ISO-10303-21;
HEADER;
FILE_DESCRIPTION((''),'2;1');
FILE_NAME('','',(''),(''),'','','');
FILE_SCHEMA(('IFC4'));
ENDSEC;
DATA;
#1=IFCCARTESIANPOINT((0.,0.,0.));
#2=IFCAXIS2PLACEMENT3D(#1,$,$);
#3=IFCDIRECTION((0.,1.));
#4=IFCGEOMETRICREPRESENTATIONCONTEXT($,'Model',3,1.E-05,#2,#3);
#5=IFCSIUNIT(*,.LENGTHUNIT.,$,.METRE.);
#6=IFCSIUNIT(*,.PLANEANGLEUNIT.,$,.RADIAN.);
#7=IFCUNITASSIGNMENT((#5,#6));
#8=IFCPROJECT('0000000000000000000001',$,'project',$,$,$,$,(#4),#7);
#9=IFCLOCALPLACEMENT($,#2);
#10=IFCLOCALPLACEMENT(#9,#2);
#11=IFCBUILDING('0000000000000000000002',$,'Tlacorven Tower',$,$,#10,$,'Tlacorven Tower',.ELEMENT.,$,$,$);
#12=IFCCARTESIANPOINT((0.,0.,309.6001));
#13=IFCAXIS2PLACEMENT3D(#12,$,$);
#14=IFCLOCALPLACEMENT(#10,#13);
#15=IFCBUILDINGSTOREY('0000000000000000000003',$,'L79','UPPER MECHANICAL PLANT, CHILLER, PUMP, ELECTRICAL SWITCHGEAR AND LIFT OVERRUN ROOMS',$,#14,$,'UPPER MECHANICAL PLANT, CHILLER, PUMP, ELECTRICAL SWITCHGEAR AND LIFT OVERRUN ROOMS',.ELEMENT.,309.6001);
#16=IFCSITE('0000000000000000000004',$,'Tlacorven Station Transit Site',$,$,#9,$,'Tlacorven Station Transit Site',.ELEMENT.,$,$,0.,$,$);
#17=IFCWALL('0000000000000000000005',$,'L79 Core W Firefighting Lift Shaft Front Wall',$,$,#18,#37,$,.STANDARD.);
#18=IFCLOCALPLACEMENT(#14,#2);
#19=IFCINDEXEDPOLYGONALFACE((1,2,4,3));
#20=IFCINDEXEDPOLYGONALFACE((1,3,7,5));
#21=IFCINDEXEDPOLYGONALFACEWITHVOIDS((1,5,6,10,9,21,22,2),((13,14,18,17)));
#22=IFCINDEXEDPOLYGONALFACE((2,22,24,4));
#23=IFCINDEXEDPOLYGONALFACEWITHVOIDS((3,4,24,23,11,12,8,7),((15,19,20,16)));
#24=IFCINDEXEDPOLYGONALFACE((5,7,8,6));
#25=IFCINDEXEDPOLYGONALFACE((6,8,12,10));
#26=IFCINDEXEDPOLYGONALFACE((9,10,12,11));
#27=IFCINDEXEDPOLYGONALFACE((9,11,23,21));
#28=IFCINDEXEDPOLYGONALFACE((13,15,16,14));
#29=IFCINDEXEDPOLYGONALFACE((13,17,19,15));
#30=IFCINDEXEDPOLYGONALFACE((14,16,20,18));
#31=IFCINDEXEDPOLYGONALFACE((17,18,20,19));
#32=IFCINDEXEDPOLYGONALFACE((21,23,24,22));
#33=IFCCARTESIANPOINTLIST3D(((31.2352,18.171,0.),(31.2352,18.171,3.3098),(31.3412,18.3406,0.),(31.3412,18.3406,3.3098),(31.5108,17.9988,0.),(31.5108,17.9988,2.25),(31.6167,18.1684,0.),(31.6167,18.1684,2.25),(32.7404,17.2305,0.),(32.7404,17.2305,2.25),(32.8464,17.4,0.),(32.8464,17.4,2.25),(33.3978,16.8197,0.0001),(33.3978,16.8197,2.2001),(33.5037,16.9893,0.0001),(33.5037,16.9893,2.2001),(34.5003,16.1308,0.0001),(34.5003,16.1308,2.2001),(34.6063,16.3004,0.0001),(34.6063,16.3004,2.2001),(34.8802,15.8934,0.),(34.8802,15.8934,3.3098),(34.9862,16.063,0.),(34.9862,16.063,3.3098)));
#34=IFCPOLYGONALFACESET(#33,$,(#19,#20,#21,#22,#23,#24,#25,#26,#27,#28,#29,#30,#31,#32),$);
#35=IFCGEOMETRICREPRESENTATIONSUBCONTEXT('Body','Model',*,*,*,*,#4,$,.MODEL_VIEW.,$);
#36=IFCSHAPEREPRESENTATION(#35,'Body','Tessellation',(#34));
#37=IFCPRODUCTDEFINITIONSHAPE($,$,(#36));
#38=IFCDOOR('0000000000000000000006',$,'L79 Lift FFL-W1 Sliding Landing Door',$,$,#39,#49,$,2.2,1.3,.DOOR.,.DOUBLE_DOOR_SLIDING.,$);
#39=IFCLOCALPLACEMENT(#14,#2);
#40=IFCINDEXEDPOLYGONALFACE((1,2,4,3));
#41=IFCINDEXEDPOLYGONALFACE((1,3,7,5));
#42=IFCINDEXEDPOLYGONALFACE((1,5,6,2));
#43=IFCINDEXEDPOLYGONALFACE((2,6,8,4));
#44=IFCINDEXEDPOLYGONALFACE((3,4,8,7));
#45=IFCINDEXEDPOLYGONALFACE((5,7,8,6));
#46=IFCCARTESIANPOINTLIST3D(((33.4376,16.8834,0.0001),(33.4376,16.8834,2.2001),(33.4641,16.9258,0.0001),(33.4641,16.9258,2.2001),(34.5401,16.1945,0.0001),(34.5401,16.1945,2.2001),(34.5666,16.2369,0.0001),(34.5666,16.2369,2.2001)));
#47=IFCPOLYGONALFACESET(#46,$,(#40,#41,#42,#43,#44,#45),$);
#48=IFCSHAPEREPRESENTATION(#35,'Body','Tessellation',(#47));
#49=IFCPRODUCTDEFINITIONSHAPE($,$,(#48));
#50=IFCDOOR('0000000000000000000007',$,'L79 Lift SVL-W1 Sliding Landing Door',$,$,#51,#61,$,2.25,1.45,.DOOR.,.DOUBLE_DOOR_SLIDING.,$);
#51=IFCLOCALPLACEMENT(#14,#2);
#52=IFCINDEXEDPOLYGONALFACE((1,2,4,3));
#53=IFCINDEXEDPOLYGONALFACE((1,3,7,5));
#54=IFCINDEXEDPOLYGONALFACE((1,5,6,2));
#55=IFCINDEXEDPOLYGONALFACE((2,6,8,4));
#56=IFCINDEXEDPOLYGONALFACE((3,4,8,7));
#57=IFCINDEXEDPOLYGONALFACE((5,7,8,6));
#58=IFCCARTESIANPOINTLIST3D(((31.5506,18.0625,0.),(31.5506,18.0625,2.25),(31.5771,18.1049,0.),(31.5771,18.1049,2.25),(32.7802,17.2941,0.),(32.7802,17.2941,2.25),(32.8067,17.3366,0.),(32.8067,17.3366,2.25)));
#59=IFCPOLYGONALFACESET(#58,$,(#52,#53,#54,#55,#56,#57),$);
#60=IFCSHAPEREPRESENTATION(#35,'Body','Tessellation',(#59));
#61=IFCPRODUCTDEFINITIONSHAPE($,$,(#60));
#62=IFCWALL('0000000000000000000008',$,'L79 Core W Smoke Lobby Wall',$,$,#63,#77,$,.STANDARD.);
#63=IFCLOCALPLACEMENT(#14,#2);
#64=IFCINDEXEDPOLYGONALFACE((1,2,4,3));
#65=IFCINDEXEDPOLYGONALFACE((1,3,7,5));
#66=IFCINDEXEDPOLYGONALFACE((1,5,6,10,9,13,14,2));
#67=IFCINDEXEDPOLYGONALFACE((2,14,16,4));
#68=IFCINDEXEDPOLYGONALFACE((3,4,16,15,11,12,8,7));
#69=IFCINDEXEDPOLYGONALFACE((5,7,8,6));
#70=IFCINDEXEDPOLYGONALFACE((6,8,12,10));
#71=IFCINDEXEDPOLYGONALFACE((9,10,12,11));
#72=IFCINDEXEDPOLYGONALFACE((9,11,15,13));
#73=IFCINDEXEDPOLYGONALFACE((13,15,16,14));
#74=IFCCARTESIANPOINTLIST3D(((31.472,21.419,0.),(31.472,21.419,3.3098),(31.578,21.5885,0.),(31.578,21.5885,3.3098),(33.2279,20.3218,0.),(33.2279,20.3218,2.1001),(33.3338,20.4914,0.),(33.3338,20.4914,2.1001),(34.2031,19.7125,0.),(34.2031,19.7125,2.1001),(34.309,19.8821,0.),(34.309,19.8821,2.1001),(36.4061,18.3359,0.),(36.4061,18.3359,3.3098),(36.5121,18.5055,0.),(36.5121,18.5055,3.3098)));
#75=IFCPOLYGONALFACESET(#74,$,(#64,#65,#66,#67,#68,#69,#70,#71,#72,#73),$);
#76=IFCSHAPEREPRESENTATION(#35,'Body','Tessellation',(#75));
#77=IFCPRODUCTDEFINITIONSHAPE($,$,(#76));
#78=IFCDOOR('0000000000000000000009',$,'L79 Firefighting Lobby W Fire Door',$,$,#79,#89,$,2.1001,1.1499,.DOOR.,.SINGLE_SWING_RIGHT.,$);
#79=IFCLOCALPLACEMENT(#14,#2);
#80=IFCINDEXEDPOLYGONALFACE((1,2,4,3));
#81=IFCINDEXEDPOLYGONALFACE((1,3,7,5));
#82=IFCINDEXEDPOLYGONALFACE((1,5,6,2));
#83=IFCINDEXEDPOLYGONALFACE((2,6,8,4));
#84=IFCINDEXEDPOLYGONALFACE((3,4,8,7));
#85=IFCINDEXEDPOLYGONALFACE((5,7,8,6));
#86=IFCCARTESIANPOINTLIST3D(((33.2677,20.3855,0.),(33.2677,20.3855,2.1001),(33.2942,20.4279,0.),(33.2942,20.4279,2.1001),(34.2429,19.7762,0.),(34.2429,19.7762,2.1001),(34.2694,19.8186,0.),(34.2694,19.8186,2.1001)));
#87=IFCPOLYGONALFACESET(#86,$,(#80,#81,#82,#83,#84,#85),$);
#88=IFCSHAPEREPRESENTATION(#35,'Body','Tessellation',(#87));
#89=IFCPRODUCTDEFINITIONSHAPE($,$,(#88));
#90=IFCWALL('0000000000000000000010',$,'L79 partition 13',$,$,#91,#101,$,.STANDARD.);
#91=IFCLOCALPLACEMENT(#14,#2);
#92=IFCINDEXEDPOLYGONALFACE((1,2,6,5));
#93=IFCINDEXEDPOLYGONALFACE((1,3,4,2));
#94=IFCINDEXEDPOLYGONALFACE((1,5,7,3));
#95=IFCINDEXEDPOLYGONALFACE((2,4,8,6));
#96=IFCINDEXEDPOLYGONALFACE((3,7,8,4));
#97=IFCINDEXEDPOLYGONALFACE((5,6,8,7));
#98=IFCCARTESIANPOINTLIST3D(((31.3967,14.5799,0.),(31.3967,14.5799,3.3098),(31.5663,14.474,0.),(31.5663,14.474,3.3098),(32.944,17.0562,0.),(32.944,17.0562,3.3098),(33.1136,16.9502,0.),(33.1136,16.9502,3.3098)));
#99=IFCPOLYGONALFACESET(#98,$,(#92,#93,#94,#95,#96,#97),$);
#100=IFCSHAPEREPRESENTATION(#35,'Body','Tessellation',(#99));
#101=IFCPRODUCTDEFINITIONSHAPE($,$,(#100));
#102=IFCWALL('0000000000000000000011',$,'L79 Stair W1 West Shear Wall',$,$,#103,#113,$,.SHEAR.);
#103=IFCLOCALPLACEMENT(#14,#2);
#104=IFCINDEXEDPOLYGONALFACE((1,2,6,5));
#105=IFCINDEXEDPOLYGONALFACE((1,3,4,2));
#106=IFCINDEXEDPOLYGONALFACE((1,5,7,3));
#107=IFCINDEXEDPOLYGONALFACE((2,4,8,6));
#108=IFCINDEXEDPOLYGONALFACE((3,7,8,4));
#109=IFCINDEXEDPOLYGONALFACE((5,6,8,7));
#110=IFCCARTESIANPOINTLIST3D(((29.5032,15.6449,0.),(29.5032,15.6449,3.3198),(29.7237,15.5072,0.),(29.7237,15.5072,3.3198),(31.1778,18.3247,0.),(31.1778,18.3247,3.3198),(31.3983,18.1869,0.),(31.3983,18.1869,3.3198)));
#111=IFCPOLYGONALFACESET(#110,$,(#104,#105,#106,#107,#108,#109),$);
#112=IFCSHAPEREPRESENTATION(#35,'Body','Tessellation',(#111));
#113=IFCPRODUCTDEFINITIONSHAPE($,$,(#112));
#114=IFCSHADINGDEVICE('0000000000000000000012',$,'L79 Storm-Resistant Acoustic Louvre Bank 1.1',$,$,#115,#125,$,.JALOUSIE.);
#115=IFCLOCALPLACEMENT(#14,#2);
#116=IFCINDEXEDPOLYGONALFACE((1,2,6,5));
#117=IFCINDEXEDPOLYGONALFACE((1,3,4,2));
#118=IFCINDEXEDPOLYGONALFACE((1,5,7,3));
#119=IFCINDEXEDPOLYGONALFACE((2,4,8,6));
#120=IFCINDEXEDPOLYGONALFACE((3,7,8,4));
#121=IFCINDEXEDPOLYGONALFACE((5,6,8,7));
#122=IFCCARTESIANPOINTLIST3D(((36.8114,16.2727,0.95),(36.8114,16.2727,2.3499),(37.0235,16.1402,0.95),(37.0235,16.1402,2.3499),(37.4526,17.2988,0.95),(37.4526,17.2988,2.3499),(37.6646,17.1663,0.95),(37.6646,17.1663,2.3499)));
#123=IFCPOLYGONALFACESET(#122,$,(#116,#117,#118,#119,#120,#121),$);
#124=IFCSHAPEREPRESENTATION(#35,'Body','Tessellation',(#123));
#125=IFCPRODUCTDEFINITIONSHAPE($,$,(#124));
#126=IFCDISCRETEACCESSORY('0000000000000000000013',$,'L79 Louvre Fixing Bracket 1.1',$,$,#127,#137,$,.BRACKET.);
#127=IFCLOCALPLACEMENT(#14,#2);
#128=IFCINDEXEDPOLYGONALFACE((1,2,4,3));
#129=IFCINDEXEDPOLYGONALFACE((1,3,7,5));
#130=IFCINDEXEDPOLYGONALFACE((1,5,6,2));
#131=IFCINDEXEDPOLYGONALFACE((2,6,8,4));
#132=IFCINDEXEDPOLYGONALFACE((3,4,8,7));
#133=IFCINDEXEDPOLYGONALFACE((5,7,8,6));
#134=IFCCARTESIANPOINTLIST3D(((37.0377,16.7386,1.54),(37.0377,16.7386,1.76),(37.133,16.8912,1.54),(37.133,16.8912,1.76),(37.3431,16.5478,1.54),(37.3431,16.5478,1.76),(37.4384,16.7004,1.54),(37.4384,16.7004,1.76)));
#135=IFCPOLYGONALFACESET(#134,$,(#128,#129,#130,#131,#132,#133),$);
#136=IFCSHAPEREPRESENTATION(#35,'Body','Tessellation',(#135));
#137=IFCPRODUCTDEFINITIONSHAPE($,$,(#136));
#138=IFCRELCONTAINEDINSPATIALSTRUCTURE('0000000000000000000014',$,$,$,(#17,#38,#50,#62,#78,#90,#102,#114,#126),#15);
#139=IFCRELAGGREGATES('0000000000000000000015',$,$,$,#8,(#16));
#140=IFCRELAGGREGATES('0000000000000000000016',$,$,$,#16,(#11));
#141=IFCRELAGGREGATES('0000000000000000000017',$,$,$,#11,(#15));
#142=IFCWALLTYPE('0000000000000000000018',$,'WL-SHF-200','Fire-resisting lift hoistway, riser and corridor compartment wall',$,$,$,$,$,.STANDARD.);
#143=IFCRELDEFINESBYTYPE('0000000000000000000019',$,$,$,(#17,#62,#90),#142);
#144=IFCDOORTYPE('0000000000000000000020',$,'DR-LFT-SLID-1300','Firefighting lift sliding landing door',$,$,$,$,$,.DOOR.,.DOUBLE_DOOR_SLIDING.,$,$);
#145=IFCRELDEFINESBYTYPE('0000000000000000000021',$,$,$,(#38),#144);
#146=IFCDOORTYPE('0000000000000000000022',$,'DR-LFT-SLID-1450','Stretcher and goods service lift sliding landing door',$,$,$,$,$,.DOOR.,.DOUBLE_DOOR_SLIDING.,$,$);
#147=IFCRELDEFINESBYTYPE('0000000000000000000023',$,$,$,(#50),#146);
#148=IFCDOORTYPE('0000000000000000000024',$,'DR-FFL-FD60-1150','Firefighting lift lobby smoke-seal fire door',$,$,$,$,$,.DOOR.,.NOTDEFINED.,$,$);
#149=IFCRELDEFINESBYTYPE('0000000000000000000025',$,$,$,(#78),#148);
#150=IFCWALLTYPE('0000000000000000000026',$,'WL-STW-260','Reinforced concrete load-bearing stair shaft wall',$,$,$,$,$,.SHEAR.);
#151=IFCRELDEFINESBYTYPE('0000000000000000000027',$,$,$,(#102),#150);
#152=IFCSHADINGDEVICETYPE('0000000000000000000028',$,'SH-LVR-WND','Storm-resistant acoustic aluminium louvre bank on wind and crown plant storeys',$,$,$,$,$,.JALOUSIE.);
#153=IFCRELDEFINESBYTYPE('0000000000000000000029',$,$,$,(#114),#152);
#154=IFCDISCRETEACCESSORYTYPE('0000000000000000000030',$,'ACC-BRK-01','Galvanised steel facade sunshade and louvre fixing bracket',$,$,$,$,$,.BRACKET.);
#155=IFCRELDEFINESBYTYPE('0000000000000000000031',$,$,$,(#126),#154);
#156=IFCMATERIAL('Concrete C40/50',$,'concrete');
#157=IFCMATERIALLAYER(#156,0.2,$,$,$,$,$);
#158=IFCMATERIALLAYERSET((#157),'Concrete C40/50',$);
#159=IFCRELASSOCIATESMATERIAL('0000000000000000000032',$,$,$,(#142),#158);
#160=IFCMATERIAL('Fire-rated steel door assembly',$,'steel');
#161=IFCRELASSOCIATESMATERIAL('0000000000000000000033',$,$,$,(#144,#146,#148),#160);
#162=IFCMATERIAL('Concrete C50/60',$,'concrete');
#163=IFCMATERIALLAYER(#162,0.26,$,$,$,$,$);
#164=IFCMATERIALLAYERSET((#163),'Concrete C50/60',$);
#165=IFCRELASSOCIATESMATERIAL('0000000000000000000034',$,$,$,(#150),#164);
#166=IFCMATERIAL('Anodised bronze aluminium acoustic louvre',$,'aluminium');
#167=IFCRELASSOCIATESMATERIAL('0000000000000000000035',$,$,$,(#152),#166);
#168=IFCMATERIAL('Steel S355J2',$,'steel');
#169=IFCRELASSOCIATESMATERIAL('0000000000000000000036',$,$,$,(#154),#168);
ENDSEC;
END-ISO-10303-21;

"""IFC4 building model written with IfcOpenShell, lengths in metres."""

from ifc_helpers import new_model, si_unit, direction, frame, frame_2d, origin, origin_2d, place, context, subcontext, project, spatial, rectangle, extrude, source, transform, mapped, material, layer, layer_set, type_object, element, fill, save


model = new_model("IFC4")

# Units and contexts
model_context = context("Model", 3, precision=1e-05, world=origin(), true_north=direction((0.0, 1.0)))
body_context = subcontext(model_context, "Body", "Model", "MODEL_VIEW")
ifc_project = project(units=[si_unit("LENGTHUNIT", "METRE"), si_unit("PLANEANGLEUNIT", "RADIAN")], contexts=[model_context])

# Site, building, storey
site_placement = place(None, origin())
site = spatial("IfcSite", under=ifc_project, at=site_placement, Name="Tlacorven Station Transit Site", LongName="Tlacorven Station Transit Site", CompositionType="ELEMENT", RefElevation=0.0)
building_placement = place(site_placement, origin())
building = spatial("IfcBuilding", under=site, at=building_placement, Name="Tlacorven Tower", LongName="Tlacorven Tower", CompositionType="ELEMENT")
storey_placement = place(building_placement, frame((0.0, 0.0, 309.6001)))
storey = spatial("IfcBuildingStorey", under=building, at=storey_placement, Name="L79", Description="UPPER MECHANICAL PLANT, CHILLER, PUMP, ELECTRICAL SWITCHGEAR AND LIFT OVERRUN ROOMS", LongName="UPPER MECHANICAL PLANT, CHILLER, PUMP, ELECTRICAL SWITCHGEAR AND LIFT OVERRUN ROOMS", CompositionType="ELEMENT", Elevation=309.6001)

# Shared definitions
ifc_material_1 = material(Name="Steel S355J2", Category="steel")

# Shared definitions
ifc_material_2 = material(Name="Concrete C50/60", Category="concrete")

# Wall, openings, doors
ifc_material_3 = material(Name="Concrete C40/50", Category="concrete")
ifc_layer_1 = layer(ifc_material_3, 0.2)
ifc_layer_set_1 = layer_set([ifc_layer_1], Name="Concrete C40/50")
wall_type_1 = type_object("IfcWallType", Name="WL-SHF-200", Description="Fire-resisting lift hoistway, riser and corridor compartment wall", PredefinedType="STANDARD", material=ifc_layer_set_1)
wall_1_placement = place(storey_placement, frame((34.9331, 15.9783, 0.0), z_axis=(0.0, 0.0, 1.0), x_axis=(-0.848056, 0.529907, 0.0)))
wall_1 = element("IfcWall", 1, at=wall_1_placement, inside=storey, type_object=wall_type_1, Name="L79 Core W Firefighting Lift Shaft Front Wall", PredefinedType="STANDARD", context=body_context, shape_type="SweptSolid", body=[
    extrude(rectangle(XDim=4.2981, YDim=0.2, at=frame_2d((2.1489, 0.0))), origin(), (0.0, 0.0, 1.0), 3.3098),
])
opening_1_placement = place(wall_1_placement, frame((0.448, 0.0, 0.0)))
opening_1 = element("IfcOpeningElement", 2, at=opening_1_placement, cuts=wall_1, PredefinedType="OPENING", context=body_context, shape_type="SweptSolid", body=[
    extrude(rectangle(XDim=1.3, YDim=2.2, at=frame_2d((0.6499, 1.1001))), frame((0.0, 0.1099, 0.0), z_axis=(0.0, -1.0, 0.0), x_axis=(1.0, 0.0, 0.0)), (0.0, 0.0, 1.0), 0.22),
])
opening_2_placement = place(wall_1_placement, frame((2.5229, 0.0, 0.0)))
opening_2 = element("IfcOpeningElement", 3, at=opening_2_placement, cuts=wall_1, PredefinedType="OPENING", context=body_context, shape_type="SweptSolid", body=[
    extrude(rectangle(XDim=1.45, YDim=2.25, at=frame_2d((0.7251, 1.125))), frame((0.0, 0.1099, 0.0), z_axis=(0.0, -1.0, 0.0), x_axis=(1.0, 0.0, 0.0)), (0.0, 0.0, 1.0), 0.22),
])
ifc_material_4 = material(Name="Fire-rated steel door assembly", Category="steel")
door_type_1 = type_object("IfcDoorType", Name="DR-LFT-SLID-1300", Description="Firefighting lift sliding landing door", OperationType="DOUBLE_DOOR_SLIDING", PredefinedType="DOOR", material=ifc_material_4)
shared_shape_1 = source(origin(), body_context, "Body", "SweptSolid", [
    extrude(rectangle(XDim=1.3, YDim=2.2, at=frame_2d((0.6499, 1.1001))), frame((0.0, 0.0249, 0.0), z_axis=(0.0, -1.0, 0.0), x_axis=(1.0, 0.0, 0.0)), (0.0, 0.0, 1.0), 0.05),
])
door_1_placement = place(opening_1_placement, origin())
door_1 = element("IfcDoor", 4, at=door_1_placement, inside=storey, type_object=door_type_1, Name="L79 Lift FFL-W1 Sliding Landing Door", OperationType="DOUBLE_DOOR_SLIDING", OverallHeight=2.2, OverallWidth=1.3, PredefinedType="DOOR", context=body_context, shape_type="MappedRepresentation", body=[
    mapped(shared_shape_1, transform((0.0, 0.0, 0.0), scale=1.0)),
])
fill(opening_1, door_1)
door_type_2 = type_object("IfcDoorType", Name="DR-LFT-SLID-1450", Description="Stretcher and goods service lift sliding landing door", OperationType="DOUBLE_DOOR_SLIDING", PredefinedType="DOOR", material=ifc_material_4)
shared_shape_2 = source(origin(), body_context, "Body", "SweptSolid", [
    extrude(rectangle(XDim=1.45, YDim=2.25, at=frame_2d((0.7251, 1.125))), frame((0.0, 0.0249, 0.0), z_axis=(0.0, -1.0, 0.0), x_axis=(1.0, 0.0, 0.0)), (0.0, 0.0, 1.0), 0.05),
])
door_2_placement = place(opening_2_placement, origin())
door_2 = element("IfcDoor", 5, at=door_2_placement, inside=storey, type_object=door_type_2, Name="L79 Lift SVL-W1 Sliding Landing Door", OperationType="DOUBLE_DOOR_SLIDING", OverallHeight=2.25, OverallWidth=1.45, PredefinedType="DOOR", context=body_context, shape_type="MappedRepresentation", body=[
    mapped(shared_shape_2, transform((0.0, 0.0, 0.0), scale=1.0)),
])
fill(opening_2, door_2)

# Wall, opening, door
wall_2_placement = place(storey_placement, frame((36.4592, 18.4207, 0.0), z_axis=(0.0, 0.0, 1.0), x_axis=(-0.84806, 0.529901, 0.0)))
wall_2 = element("IfcWall", 6, at=wall_2_placement, inside=storey, type_object=wall_type_1, Name="L79 Core W Smoke Lobby Wall", PredefinedType="STANDARD", context=body_context, shape_type="SweptSolid", body=[
    extrude(rectangle(XDim=5.8181, YDim=0.2, at=frame_2d((2.9092, 0.0))), origin(), (0.0, 0.0, 1.0), 3.3098),
])
opening_3_placement = place(wall_2_placement, frame((2.5979, 0.0, 0.0)))
opening_3 = element("IfcOpeningElement", 7, at=opening_3_placement, cuts=wall_2, PredefinedType="OPENING", context=body_context, shape_type="SweptSolid", body=[
    extrude(rectangle(XDim=1.1499, YDim=2.1001, at=frame_2d((0.575, 1.05))), frame((0.0, 0.1099, 0.0), z_axis=(0.0, -1.0, 0.0), x_axis=(1.0, 0.0, 0.0)), (0.0, 0.0, 1.0), 0.22),
])
door_type_3 = type_object("IfcDoorType", Name="DR-FFL-FD60-1150", Description="Firefighting lift lobby smoke-seal fire door", OperationType="NOTDEFINED", PredefinedType="DOOR", material=ifc_material_4)
shared_shape_3 = source(origin(), body_context, "Body", "SweptSolid", [
    extrude(rectangle(XDim=1.1499, YDim=2.1001, at=frame_2d((0.575, 1.05))), frame((0.0, 0.0249, 0.0), z_axis=(0.0, -1.0, 0.0), x_axis=(1.0, 0.0, 0.0)), (0.0, 0.0, 1.0), 0.05),
])
door_3_placement = place(opening_3_placement, origin())
door_3 = element("IfcDoor", 8, at=door_3_placement, inside=storey, type_object=door_type_3, Name="L79 Firefighting Lobby W Fire Door", OperationType="SINGLE_SWING_RIGHT", OverallHeight=2.1001, OverallWidth=1.1499, PredefinedType="DOOR", context=body_context, shape_type="MappedRepresentation", body=[
    mapped(shared_shape_3, transform((0.0, 0.0, 0.0), scale=1.0)),
])
fill(opening_3, door_3)

# Walls
wall_3_placement = place(storey_placement, frame((33.0288, 17.0032, 0.0), z_axis=(0.0, 0.0, 1.0), x_axis=(-0.529916, -0.84805, 0.0)))
element("IfcWall", 9, at=wall_3_placement, inside=storey, type_object=wall_type_1, Name="L79 partition 13", PredefinedType="STANDARD", context=body_context, shape_type="SweptSolid", body=[
    extrude(rectangle(XDim=2.9199, YDim=0.2, at=frame_2d((1.46, 0.0))), origin(), (0.0, 0.0, 1.0), 3.3098),
])
ifc_layer_2 = layer(ifc_material_2, 0.26)
ifc_layer_set_2 = layer_set([ifc_layer_2], Name="Concrete C50/60")
wall_type_2 = type_object("IfcWallType", Name="WL-STW-260", Description="Reinforced concrete load-bearing stair shaft wall", PredefinedType="SHEAR", material=ifc_layer_set_2)
wall_4_placement = place(storey_placement, frame((31.2881, 18.2559, 0.0), z_axis=(0.0, 0.0, 1.0), x_axis=(-0.529943, -0.848033, 0.0)))
element("IfcWall", 10, at=wall_4_placement, inside=storey, type_object=wall_type_2, Name="L79 Stair W1 West Shear Wall", PredefinedType="SHEAR", context=body_context, shape_type="SweptSolid", body=[
    extrude(rectangle(XDim=3.1599, YDim=0.26, at=frame_2d((1.5801, 0.0))), origin(), (0.0, 0.0, 1.0), 3.3198),
])

# Shading device
ifc_material_5 = material(Name="Anodised bronze aluminium acoustic louvre", Category="aluminium")
shading_device_type = type_object("IfcShadingDeviceType", Name="SH-LVR-WND", Description="Storm-resistant acoustic aluminium louvre bank on wind and crown plant storeys", PredefinedType="JALOUSIE", material=ifc_material_5)
shared_shape_4 = source(origin(), body_context, "Body", "SweptSolid", [
    extrude(rectangle(XDim=1.21, YDim=0.25, at=origin_2d()), origin(), (0.0, 0.0, 1.0), 1.3999),
])
shading_device_placement = place(storey_placement, frame((37.238, 16.7195, 0.95), z_axis=(0.0, 0.0, 1.0), x_axis=(-0.529919, -0.848048, 0.0)))
element("IfcShadingDevice", 11, at=shading_device_placement, inside=storey, type_object=shading_device_type, Name="L79 Storm-Resistant Acoustic Louvre Bank 1.1", PredefinedType="JALOUSIE", context=body_context, shape_type="MappedRepresentation", body=[
    mapped(shared_shape_4, transform((0.0, 0.0, 0.0), scale=1.0)),
])

# Discrete accessory
discrete_accessory_type = type_object("IfcDiscreteAccessoryType", Name="ACC-BRK-01", Description="Galvanised steel facade sunshade and louvre fixing bracket", PredefinedType="BRACKET", material=ifc_material_1)
shared_shape_5 = source(origin(), body_context, "Body", "SweptSolid", [
    extrude(rectangle(XDim=0.1799, YDim=0.3601, at=origin_2d()), origin(), (0.0, 0.0, 1.0), 0.22),
])
discrete_accessory_placement = place(storey_placement, frame((37.238, 16.7195, 1.54), z_axis=(0.0, 0.0, 1.0), x_axis=(-0.529919, -0.848048, 0.0)))
element("IfcDiscreteAccessory", 12, at=discrete_accessory_placement, inside=storey, type_object=discrete_accessory_type, Name="L79 Louvre Fixing Bracket 1.1", PredefinedType="BRACKET", context=body_context, shape_type="MappedRepresentation", body=[
    mapped(shared_shape_5, transform((0.0, 0.0, 0.0), scale=1.0)),
])

save(model, "model.ifc")
